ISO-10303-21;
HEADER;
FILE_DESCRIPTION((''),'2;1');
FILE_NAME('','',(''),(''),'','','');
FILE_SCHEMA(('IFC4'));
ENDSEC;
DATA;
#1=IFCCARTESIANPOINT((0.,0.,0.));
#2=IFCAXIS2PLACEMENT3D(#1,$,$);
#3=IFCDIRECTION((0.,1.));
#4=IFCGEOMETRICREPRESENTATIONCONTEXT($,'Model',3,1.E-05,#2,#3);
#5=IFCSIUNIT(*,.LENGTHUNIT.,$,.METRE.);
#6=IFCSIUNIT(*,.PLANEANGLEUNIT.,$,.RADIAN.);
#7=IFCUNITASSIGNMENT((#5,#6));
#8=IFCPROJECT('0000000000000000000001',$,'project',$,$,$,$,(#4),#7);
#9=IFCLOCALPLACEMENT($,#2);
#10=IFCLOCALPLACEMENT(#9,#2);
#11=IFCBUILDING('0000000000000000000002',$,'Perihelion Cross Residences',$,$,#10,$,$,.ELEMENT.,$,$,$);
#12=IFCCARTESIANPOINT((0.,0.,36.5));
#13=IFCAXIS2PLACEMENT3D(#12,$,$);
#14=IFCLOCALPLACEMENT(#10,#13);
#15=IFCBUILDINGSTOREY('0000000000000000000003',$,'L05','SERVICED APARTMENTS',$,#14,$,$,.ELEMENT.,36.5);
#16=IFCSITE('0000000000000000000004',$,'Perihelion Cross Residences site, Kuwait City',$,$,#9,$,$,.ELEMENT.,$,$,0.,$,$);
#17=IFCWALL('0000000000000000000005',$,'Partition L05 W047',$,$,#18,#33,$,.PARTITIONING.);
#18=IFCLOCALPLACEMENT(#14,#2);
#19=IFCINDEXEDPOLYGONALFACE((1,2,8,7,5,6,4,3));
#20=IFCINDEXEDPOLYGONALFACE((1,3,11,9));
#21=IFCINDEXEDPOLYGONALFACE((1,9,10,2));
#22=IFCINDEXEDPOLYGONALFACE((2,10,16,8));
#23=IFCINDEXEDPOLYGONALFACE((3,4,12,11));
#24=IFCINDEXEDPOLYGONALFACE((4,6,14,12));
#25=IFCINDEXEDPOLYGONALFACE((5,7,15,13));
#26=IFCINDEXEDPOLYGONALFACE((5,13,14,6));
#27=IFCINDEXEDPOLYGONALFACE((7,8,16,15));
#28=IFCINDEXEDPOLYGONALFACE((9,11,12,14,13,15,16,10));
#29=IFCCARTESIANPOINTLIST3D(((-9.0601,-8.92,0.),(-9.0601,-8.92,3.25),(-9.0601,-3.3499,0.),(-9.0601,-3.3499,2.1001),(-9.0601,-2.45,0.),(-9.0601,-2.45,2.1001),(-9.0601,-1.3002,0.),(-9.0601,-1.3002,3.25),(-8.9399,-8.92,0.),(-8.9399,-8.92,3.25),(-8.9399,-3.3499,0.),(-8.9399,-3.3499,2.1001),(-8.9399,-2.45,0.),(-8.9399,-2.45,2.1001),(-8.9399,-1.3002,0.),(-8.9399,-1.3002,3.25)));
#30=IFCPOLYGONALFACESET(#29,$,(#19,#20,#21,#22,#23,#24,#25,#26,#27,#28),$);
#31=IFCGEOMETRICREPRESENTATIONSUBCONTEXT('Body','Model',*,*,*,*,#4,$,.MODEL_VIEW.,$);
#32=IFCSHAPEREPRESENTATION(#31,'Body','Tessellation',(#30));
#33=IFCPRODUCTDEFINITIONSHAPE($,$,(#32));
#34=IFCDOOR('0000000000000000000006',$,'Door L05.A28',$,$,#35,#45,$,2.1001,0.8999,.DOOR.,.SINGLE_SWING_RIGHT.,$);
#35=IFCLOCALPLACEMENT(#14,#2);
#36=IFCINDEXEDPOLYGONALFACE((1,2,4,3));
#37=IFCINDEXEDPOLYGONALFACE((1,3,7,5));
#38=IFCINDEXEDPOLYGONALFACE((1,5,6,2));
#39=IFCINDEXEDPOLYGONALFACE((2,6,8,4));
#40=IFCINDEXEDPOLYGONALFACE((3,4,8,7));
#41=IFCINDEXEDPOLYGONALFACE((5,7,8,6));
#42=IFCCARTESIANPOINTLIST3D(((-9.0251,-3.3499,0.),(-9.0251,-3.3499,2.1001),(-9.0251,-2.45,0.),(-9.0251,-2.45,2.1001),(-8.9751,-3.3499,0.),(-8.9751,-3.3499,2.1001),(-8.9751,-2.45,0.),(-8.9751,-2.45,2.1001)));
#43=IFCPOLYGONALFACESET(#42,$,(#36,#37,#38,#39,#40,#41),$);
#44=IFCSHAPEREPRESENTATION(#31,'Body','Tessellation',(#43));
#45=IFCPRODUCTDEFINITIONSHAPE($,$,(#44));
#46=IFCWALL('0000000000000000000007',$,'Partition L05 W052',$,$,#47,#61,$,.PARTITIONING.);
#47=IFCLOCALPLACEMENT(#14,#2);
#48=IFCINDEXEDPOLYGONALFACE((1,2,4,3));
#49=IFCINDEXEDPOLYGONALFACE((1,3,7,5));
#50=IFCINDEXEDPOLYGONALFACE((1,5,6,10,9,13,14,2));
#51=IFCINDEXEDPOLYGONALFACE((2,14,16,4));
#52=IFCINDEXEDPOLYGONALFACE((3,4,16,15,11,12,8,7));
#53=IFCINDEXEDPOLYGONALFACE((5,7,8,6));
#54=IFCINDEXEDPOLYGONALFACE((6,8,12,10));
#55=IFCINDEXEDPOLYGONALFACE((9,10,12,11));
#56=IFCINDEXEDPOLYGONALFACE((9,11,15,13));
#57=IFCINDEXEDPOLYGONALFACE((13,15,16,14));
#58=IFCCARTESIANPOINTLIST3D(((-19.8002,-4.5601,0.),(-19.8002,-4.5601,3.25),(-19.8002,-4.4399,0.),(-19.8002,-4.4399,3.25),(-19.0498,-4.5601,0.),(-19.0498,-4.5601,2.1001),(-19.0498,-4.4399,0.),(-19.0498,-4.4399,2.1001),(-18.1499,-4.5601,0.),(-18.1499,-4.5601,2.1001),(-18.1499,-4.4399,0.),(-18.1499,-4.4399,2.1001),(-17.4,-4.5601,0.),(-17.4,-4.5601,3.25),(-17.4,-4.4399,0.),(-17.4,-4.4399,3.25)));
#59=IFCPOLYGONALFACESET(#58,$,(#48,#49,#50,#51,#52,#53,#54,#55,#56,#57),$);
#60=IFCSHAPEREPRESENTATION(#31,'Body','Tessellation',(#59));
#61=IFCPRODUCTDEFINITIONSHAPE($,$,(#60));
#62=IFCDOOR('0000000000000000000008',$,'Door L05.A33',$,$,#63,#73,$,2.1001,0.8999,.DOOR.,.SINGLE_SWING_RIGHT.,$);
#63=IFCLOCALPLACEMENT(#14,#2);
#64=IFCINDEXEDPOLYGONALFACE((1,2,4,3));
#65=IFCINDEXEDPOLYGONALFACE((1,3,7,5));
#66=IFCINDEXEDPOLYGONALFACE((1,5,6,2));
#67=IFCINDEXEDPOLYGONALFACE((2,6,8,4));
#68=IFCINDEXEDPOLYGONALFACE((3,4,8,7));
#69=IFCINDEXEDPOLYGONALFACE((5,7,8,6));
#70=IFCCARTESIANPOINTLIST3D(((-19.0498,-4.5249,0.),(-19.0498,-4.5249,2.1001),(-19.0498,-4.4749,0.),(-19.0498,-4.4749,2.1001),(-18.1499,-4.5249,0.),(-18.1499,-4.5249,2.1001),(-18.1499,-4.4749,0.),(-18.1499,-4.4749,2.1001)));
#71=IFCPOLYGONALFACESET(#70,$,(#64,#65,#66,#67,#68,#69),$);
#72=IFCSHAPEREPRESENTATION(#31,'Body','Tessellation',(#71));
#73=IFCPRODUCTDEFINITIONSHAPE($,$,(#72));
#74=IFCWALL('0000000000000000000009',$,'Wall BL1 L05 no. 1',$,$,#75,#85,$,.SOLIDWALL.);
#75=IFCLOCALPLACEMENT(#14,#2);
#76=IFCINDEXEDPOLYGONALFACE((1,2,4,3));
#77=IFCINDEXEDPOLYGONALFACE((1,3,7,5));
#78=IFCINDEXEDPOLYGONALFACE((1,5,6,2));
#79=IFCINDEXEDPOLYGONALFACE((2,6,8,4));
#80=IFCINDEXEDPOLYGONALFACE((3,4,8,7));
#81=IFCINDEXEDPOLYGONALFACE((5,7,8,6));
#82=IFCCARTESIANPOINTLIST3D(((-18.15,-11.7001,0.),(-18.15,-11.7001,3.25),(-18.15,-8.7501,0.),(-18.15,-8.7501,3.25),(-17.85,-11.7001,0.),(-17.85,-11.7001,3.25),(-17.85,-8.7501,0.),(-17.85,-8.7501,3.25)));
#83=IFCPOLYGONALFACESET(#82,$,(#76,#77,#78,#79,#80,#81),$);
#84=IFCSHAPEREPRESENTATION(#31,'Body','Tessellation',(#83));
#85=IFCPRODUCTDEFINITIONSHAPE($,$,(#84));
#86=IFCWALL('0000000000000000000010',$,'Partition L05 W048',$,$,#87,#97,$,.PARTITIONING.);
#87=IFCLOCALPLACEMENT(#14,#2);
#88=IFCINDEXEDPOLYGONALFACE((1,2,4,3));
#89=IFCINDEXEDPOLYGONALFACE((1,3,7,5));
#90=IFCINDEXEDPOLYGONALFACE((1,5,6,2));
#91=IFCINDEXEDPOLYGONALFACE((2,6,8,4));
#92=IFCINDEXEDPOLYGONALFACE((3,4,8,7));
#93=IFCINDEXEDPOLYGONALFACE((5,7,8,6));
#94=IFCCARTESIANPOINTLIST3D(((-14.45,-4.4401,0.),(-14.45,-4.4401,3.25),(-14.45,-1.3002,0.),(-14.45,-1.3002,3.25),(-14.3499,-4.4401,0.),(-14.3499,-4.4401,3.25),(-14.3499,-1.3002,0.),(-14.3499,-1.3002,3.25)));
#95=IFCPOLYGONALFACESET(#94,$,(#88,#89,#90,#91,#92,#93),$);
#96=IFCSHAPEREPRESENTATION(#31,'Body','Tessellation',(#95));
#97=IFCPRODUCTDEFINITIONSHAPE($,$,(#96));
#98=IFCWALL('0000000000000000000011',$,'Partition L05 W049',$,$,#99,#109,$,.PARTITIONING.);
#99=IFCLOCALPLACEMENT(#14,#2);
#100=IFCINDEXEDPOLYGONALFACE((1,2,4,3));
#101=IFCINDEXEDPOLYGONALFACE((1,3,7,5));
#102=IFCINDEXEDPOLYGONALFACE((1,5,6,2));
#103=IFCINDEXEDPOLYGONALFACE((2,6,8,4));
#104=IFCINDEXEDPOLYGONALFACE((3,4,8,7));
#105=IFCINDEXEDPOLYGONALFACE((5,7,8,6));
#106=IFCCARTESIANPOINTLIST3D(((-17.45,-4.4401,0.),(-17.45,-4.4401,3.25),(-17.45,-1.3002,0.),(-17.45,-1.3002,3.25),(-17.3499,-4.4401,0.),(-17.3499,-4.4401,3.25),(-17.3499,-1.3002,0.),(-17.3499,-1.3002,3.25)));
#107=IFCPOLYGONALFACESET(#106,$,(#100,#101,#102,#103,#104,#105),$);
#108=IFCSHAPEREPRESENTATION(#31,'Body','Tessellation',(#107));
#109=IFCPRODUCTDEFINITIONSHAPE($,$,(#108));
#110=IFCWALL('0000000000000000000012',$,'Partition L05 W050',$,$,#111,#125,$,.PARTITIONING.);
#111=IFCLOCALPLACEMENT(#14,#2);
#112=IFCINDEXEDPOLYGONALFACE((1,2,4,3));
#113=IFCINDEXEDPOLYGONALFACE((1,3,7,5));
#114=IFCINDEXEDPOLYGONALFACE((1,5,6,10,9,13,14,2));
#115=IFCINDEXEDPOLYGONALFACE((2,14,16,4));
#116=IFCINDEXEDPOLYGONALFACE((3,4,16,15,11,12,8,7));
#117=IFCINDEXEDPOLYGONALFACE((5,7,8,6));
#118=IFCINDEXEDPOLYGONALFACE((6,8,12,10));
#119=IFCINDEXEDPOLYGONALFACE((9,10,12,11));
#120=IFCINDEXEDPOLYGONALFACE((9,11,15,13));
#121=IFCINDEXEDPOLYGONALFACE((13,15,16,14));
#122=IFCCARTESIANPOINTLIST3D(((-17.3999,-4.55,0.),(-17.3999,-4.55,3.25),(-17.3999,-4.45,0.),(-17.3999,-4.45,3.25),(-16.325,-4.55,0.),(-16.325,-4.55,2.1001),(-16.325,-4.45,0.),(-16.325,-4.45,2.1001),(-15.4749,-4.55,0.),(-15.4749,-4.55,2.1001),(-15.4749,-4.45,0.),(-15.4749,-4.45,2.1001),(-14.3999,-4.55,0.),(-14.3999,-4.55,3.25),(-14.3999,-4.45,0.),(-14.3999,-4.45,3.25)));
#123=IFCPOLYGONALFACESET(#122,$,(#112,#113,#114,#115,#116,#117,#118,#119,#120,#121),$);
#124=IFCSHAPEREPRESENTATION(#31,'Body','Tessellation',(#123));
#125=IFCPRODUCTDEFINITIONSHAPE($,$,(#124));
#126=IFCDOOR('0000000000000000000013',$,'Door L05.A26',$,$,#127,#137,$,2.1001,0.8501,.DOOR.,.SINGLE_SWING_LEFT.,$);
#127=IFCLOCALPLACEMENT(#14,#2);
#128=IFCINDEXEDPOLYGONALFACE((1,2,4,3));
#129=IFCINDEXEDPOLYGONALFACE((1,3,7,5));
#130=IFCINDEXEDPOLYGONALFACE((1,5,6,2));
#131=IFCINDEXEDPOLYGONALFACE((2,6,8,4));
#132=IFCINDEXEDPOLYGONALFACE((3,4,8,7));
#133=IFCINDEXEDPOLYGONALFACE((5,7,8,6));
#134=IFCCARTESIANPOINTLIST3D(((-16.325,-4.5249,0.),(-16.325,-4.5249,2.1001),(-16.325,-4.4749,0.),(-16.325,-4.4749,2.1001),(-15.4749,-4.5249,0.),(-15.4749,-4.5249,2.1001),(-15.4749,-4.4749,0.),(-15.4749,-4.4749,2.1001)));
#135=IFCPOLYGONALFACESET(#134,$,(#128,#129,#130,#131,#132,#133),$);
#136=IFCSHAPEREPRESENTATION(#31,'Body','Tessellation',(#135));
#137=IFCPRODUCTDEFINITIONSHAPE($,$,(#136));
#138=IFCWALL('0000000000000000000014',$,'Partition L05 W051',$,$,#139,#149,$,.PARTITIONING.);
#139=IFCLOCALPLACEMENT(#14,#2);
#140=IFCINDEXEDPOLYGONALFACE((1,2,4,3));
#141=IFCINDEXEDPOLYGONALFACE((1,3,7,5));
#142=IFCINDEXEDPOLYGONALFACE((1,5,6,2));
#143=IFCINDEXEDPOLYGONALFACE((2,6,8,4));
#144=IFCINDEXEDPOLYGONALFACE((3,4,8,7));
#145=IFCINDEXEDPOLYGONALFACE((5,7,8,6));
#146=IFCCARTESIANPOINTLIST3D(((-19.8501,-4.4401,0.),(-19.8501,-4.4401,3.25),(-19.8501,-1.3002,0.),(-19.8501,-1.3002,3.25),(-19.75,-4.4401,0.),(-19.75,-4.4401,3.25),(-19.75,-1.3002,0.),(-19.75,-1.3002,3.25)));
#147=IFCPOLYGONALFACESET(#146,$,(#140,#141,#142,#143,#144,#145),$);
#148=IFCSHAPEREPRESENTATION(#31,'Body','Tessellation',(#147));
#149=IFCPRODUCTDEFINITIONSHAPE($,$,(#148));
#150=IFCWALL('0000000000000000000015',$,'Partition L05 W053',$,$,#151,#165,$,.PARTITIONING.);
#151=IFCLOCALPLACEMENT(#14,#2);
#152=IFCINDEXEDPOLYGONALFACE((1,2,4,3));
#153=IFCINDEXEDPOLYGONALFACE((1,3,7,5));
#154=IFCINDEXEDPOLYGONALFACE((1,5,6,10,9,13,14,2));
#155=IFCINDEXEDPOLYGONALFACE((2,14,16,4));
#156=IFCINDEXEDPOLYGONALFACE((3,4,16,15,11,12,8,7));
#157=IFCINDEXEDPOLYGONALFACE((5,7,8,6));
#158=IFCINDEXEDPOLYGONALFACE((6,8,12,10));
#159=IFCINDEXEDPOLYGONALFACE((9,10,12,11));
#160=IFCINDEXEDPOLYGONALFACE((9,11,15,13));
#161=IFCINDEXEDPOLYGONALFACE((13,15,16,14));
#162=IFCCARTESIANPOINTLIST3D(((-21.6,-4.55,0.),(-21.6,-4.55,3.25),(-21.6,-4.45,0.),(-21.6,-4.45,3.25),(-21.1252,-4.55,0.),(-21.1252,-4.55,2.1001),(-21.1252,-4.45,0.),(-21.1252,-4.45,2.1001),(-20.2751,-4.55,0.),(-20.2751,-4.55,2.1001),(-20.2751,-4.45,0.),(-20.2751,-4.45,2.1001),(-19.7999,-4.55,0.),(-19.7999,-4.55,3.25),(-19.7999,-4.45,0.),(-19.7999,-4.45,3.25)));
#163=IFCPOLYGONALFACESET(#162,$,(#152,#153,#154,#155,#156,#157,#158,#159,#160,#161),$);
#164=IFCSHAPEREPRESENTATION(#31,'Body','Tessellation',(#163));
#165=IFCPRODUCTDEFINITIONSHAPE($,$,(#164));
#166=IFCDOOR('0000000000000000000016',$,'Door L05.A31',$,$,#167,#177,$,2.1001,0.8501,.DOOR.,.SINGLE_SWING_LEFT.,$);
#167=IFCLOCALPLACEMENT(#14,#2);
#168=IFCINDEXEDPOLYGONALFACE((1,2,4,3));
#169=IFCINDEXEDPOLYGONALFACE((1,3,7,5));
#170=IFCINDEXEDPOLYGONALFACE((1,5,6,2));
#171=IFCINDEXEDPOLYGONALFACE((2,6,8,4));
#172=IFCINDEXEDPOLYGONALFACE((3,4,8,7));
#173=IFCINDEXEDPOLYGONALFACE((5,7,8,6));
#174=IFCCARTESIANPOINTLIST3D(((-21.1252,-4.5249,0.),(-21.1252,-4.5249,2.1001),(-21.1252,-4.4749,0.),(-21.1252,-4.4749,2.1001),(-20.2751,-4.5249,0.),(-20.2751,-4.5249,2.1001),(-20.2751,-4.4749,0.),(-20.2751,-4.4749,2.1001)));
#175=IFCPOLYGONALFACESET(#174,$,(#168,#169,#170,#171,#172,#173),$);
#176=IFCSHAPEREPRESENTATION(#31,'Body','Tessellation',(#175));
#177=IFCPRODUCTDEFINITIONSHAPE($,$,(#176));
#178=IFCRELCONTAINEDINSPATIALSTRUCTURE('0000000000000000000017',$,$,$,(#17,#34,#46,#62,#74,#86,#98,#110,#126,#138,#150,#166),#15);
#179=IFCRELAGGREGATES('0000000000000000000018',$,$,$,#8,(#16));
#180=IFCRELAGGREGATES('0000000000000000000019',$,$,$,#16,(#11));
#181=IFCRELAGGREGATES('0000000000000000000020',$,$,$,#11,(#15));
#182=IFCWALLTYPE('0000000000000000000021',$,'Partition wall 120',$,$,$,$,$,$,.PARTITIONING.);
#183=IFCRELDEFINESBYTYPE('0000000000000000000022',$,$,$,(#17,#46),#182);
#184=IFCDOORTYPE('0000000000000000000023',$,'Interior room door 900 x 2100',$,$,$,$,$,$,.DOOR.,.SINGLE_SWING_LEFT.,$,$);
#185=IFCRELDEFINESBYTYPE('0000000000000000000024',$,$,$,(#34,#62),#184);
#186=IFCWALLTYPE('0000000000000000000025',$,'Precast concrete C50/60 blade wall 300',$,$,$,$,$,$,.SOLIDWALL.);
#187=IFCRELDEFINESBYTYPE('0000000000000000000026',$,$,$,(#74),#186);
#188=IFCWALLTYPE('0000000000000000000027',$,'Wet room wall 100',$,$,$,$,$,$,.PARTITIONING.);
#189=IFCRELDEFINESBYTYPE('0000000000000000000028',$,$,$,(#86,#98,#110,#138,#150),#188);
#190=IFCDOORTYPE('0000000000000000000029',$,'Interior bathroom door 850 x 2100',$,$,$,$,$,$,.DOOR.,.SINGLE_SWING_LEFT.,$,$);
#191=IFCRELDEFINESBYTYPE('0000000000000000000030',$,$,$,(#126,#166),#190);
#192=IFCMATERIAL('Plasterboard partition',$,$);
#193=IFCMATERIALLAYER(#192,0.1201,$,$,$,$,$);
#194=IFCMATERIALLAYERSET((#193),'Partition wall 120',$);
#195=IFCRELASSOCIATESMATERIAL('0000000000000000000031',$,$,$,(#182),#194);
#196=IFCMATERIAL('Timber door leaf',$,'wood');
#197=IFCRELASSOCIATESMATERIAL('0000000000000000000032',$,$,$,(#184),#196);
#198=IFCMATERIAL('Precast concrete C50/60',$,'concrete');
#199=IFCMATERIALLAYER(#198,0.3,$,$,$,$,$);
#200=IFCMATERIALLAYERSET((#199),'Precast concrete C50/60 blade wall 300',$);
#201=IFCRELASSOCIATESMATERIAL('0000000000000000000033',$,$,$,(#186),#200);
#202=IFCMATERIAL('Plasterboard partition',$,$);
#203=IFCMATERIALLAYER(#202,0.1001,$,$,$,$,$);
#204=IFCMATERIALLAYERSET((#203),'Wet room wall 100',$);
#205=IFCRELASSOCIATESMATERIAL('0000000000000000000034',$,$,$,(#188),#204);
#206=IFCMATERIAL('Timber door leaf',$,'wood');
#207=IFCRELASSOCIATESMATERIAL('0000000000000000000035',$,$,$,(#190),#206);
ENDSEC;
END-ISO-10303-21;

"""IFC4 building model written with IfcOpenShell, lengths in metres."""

from ifc_helpers import new_model, si_unit, direction, frame, frame_2d, origin, place, context, subcontext, project, spatial, rectangle, extrude, material, layer, layer_set, type_object, element, fill, save


model = new_model("IFC4")

# Units and contexts
model_context = context("Model", 3, precision=1e-05, world=origin(), true_north=direction((0.0, 1.0)))
body_context = subcontext(model_context, "Body", "Model", "MODEL_VIEW")
ifc_project = project(units=[si_unit("LENGTHUNIT", "METRE"), si_unit("PLANEANGLEUNIT", "RADIAN")], contexts=[model_context])

# Site, building, storey
site_placement = place(None, origin())
site = spatial("IfcSite", under=ifc_project, at=site_placement, Name="Perihelion Cross Residences site, Kuwait City", CompositionType="ELEMENT", RefElevation=0.0)
building_placement = place(site_placement, origin())
building = spatial("IfcBuilding", under=site, at=building_placement, Name="Perihelion Cross Residences", CompositionType="ELEMENT")
storey_placement = place(building_placement, frame((0.0, 0.0, 36.5)))
storey = spatial("IfcBuildingStorey", under=building, at=storey_placement, Name="L05", Description="SERVICED APARTMENTS", CompositionType="ELEMENT", Elevation=36.5)

# Walls, openings, doors
ifc_material_1 = material(Name="Plasterboard partition")
ifc_layer_1 = layer(ifc_material_1, 0.1201)
ifc_layer_set_1 = layer_set([ifc_layer_1], Name="Partition wall 120")
wall_type_1 = type_object("IfcWallType", Name="Partition wall 120", PredefinedType="PARTITIONING", material=ifc_layer_set_1)
ifc_material_2 = material(Name="Timber door leaf", Category="wood")
door_type_1 = type_object("IfcDoorType", Name="Interior room door 900 x 2100", OperationType="SINGLE_SWING_LEFT", PredefinedType="DOOR", material=ifc_material_2)
wall_1_placement = place(storey_placement, frame((-9.0, -1.3, 0.0), z_axis=(0.0, 0.0, 1.0), x_axis=(0.0, -1.0, 0.0)))
wall_1 = element("IfcWall", 1, at=wall_1_placement, inside=storey, type_object=wall_type_1, Name="Partition L05 W047", PredefinedType="PARTITIONING", context=body_context, shape_type="SweptSolid", body=[
    extrude(rectangle(XDim=7.6199, YDim=0.1201, at=frame_2d((3.8101, 0.0))), origin(), (0.0, 0.0, 1.0), 3.25),
])
opening_1_placement = place(wall_1_placement, frame((1.1499, 0.0, 0.0)))
opening_1 = element("IfcOpeningElement", 2, at=opening_1_placement, cuts=wall_1, PredefinedType="OPENING", context=body_context, shape_type="SweptSolid", body=[
    extrude(rectangle(XDim=0.8999, YDim=2.1001, at=frame_2d((0.45, 1.05))), frame((0.0, 0.0701, 0.0), z_axis=(0.0, -1.0, 0.0), x_axis=(1.0, 0.0, 0.0)), (0.0, 0.0, 1.0), 0.1401),
])
door_1_placement = place(opening_1_placement, origin())
door_1 = element("IfcDoor", 3, at=door_1_placement, inside=storey, type_object=door_type_1, Name="Door L05.A28", OperationType="SINGLE_SWING_RIGHT", OverallHeight=2.1001, OverallWidth=0.8999, PredefinedType="DOOR", context=body_context, shape_type="SweptSolid", body=[
    extrude(rectangle(XDim=0.8999, YDim=2.1001, at=frame_2d((0.45, 1.05))), frame((0.0, 0.0249, 0.0), z_axis=(0.0, -1.0, 0.0), x_axis=(1.0, 0.0, 0.0)), (0.0, 0.0, 1.0), 0.05),
])
fill(opening_1, door_1)
wall_2_placement = place(storey_placement, frame((-17.3999, -4.5, 0.0), z_axis=(0.0, 0.0, 1.0), x_axis=(-1.0, 0.0, 0.0)))
wall_2 = element("IfcWall", 4, at=wall_2_placement, inside=storey, type_object=wall_type_1, Name="Partition L05 W052", PredefinedType="PARTITIONING", context=body_context, shape_type="SweptSolid", body=[
    extrude(rectangle(XDim=2.4001, YDim=0.1201, at=frame_2d((1.2002, 0.0))), origin(), (0.0, 0.0, 1.0), 3.25),
])
opening_2_placement = place(wall_2_placement, frame((0.75, 0.0, 0.0)))
opening_2 = element("IfcOpeningElement", 5, at=opening_2_placement, cuts=wall_2, PredefinedType="OPENING", context=body_context, shape_type="SweptSolid", body=[
    extrude(rectangle(XDim=0.8999, YDim=2.1001, at=frame_2d((0.45, 1.05))), frame((0.0, 0.0701, 0.0), z_axis=(0.0, -1.0, 0.0), x_axis=(1.0, 0.0, 0.0)), (0.0, 0.0, 1.0), 0.1401),
])
door_2_placement = place(opening_2_placement, origin())
door_2 = element("IfcDoor", 6, at=door_2_placement, inside=storey, type_object=door_type_1, Name="Door L05.A33", OperationType="SINGLE_SWING_RIGHT", OverallHeight=2.1001, OverallWidth=0.8999, PredefinedType="DOOR", context=body_context, shape_type="SweptSolid", body=[
    extrude(rectangle(XDim=0.8999, YDim=2.1001, at=frame_2d((0.45, 1.05))), frame((0.0, 0.0249, 0.0), z_axis=(0.0, -1.0, 0.0), x_axis=(1.0, 0.0, 0.0)), (0.0, 0.0, 1.0), 0.05),
])
fill(opening_2, door_2)

# Walls
ifc_material_3 = material(Name="Precast concrete C50/60", Category="concrete")
ifc_layer_2 = layer(ifc_material_3, 0.3)
ifc_layer_set_2 = layer_set([ifc_layer_2], Name="Precast concrete C50/60 blade wall 300")
wall_type_2 = type_object("IfcWallType", Name="Precast concrete C50/60 blade wall 300", PredefinedType="SOLIDWALL", material=ifc_layer_set_2)
wall_3_placement = place(storey_placement, frame((-18.0, -8.75, 0.0), z_axis=(0.0, 0.0, 1.0), x_axis=(0.0, -1.0, 0.0)))
element("IfcWall", 7, at=wall_3_placement, inside=storey, type_object=wall_type_2, Name="Wall BL1 L05 no. 1", PredefinedType="SOLIDWALL", context=body_context, shape_type="SweptSolid", body=[
    extrude(rectangle(XDim=2.95, YDim=0.3, at=frame_2d((1.4751, 0.0))), origin(), (0.0, 0.0, 1.0), 3.25),
])
ifc_material_4 = material(Name="Plasterboard partition")
ifc_layer_3 = layer(ifc_material_4, 0.1001)
ifc_layer_set_3 = layer_set([ifc_layer_3], Name="Wet room wall 100")
wall_type_3 = type_object("IfcWallType", Name="Wet room wall 100", PredefinedType="PARTITIONING", material=ifc_layer_set_3)
for number, where, z_axis, x_axis, name in (
    (8, (-14.3999, -4.4399, 0.0), (0.0, 0.0, 1.0), (0.0, 1.0, 0.0), "Partition L05 W048"),
    (9, (-17.3999, -4.4399, 0.0), (0.0, 0.0, 1.0), (0.0, 1.0, 0.0), "Partition L05 W049"),
):
    element("IfcWall", number, at=place(storey_placement, frame(where, z_axis=z_axis, x_axis=x_axis)), inside=storey, type_object=wall_type_3, Name=name, PredefinedType="PARTITIONING", context=body_context, shape_type="SweptSolid", body=[
        extrude(rectangle(XDim=3.1399, YDim=0.1001, at=frame_2d((1.5698, 0.0))), origin(), (0.0, 0.0, 1.0), 3.25),
    ])

# Wall, opening, door
wall_4_placement = place(storey_placement, frame((-14.3999, -4.5, 0.0), z_axis=(0.0, 0.0, 1.0), x_axis=(-1.0, 0.0, 0.0)))
wall_4 = element("IfcWall", 10, at=wall_4_placement, inside=storey, type_object=wall_type_3, Name="Partition L05 W050", PredefinedType="PARTITIONING", context=body_context, shape_type="SweptSolid", body=[
    extrude(rectangle(XDim=3.0, YDim=0.1001, at=frame_2d((1.5, 0.0))), origin(), (0.0, 0.0, 1.0), 3.25),
])
opening_3_placement = place(wall_4_placement, frame((1.075, 0.0, 0.0)))
opening_3 = element("IfcOpeningElement", 11, at=opening_3_placement, cuts=wall_4, PredefinedType="OPENING", context=body_context, shape_type="SweptSolid", body=[
    extrude(rectangle(XDim=0.8501, YDim=2.1001, at=frame_2d((0.425, 1.05))), frame((0.0, 0.0601, 0.0), z_axis=(0.0, -1.0, 0.0), x_axis=(1.0, 0.0, 0.0)), (0.0, 0.0, 1.0), 0.1201),
])
ifc_material_5 = material(Name="Timber door leaf", Category="wood")
door_type_2 = type_object("IfcDoorType", Name="Interior bathroom door 850 x 2100", OperationType="SINGLE_SWING_LEFT", PredefinedType="DOOR", material=ifc_material_5)
door_3_placement = place(opening_3_placement, origin())
door_3 = element("IfcDoor", 12, at=door_3_placement, inside=storey, type_object=door_type_2, Name="Door L05.A26", OperationType="SINGLE_SWING_LEFT", OverallHeight=2.1001, OverallWidth=0.8501, PredefinedType="DOOR", context=body_context, shape_type="SweptSolid", body=[
    extrude(rectangle(XDim=0.8501, YDim=2.1001, at=frame_2d((0.425, 1.05))), frame((0.0, 0.0249, 0.0), z_axis=(0.0, -1.0, 0.0), x_axis=(1.0, 0.0, 0.0)), (0.0, 0.0, 1.0), 0.05),
])
fill(opening_3, door_3)

# Wall
wall_5_placement = place(storey_placement, frame((-19.8, -4.4399, 0.0), z_axis=(0.0, 0.0, 1.0), x_axis=(0.0, 1.0, 0.0)))
element("IfcWall", 13, at=wall_5_placement, inside=storey, type_object=wall_type_3, Name="Partition L05 W051", PredefinedType="PARTITIONING", context=body_context, shape_type="SweptSolid", body=[
    extrude(rectangle(XDim=3.1399, YDim=0.1001, at=frame_2d((1.5698, 0.0))), origin(), (0.0, 0.0, 1.0), 3.25),
])

# Wall, opening, door
wall_6_placement = place(storey_placement, frame((-19.8, -4.5, 0.0), z_axis=(0.0, 0.0, 1.0), x_axis=(-1.0, 0.0, 0.0)))
wall_6 = element("IfcWall", 14, at=wall_6_placement, inside=storey, type_object=wall_type_3, Name="Partition L05 W053", PredefinedType="PARTITIONING", context=body_context, shape_type="SweptSolid", body=[
    extrude(rectangle(XDim=1.8, YDim=0.1001, at=frame_2d((0.8999, 0.0))), origin(), (0.0, 0.0, 1.0), 3.25),
])
opening_4_placement = place(wall_6_placement, frame((0.4751, 0.0, 0.0)))
opening_4 = element("IfcOpeningElement", 15, at=opening_4_placement, cuts=wall_6, PredefinedType="OPENING", context=body_context, shape_type="SweptSolid", body=[
    extrude(rectangle(XDim=0.8501, YDim=2.1001, at=frame_2d((0.425, 1.05))), frame((0.0, 0.0601, 0.0), z_axis=(0.0, -1.0, 0.0), x_axis=(1.0, 0.0, 0.0)), (0.0, 0.0, 1.0), 0.1201),
])
door_4_placement = place(opening_4_placement, origin())
door_4 = element("IfcDoor", 16, at=door_4_placement, inside=storey, type_object=door_type_2, Name="Door L05.A31", OperationType="SINGLE_SWING_LEFT", OverallHeight=2.1001, OverallWidth=0.8501, PredefinedType="DOOR", context=body_context, shape_type="SweptSolid", body=[
    extrude(rectangle(XDim=0.8501, YDim=2.1001, at=frame_2d((0.425, 1.05))), frame((0.0, 0.0249, 0.0), z_axis=(0.0, -1.0, 0.0), x_axis=(1.0, 0.0, 0.0)), (0.0, 0.0, 1.0), 0.05),
])
fill(opening_4, door_4)

save(model, "model.ifc")
